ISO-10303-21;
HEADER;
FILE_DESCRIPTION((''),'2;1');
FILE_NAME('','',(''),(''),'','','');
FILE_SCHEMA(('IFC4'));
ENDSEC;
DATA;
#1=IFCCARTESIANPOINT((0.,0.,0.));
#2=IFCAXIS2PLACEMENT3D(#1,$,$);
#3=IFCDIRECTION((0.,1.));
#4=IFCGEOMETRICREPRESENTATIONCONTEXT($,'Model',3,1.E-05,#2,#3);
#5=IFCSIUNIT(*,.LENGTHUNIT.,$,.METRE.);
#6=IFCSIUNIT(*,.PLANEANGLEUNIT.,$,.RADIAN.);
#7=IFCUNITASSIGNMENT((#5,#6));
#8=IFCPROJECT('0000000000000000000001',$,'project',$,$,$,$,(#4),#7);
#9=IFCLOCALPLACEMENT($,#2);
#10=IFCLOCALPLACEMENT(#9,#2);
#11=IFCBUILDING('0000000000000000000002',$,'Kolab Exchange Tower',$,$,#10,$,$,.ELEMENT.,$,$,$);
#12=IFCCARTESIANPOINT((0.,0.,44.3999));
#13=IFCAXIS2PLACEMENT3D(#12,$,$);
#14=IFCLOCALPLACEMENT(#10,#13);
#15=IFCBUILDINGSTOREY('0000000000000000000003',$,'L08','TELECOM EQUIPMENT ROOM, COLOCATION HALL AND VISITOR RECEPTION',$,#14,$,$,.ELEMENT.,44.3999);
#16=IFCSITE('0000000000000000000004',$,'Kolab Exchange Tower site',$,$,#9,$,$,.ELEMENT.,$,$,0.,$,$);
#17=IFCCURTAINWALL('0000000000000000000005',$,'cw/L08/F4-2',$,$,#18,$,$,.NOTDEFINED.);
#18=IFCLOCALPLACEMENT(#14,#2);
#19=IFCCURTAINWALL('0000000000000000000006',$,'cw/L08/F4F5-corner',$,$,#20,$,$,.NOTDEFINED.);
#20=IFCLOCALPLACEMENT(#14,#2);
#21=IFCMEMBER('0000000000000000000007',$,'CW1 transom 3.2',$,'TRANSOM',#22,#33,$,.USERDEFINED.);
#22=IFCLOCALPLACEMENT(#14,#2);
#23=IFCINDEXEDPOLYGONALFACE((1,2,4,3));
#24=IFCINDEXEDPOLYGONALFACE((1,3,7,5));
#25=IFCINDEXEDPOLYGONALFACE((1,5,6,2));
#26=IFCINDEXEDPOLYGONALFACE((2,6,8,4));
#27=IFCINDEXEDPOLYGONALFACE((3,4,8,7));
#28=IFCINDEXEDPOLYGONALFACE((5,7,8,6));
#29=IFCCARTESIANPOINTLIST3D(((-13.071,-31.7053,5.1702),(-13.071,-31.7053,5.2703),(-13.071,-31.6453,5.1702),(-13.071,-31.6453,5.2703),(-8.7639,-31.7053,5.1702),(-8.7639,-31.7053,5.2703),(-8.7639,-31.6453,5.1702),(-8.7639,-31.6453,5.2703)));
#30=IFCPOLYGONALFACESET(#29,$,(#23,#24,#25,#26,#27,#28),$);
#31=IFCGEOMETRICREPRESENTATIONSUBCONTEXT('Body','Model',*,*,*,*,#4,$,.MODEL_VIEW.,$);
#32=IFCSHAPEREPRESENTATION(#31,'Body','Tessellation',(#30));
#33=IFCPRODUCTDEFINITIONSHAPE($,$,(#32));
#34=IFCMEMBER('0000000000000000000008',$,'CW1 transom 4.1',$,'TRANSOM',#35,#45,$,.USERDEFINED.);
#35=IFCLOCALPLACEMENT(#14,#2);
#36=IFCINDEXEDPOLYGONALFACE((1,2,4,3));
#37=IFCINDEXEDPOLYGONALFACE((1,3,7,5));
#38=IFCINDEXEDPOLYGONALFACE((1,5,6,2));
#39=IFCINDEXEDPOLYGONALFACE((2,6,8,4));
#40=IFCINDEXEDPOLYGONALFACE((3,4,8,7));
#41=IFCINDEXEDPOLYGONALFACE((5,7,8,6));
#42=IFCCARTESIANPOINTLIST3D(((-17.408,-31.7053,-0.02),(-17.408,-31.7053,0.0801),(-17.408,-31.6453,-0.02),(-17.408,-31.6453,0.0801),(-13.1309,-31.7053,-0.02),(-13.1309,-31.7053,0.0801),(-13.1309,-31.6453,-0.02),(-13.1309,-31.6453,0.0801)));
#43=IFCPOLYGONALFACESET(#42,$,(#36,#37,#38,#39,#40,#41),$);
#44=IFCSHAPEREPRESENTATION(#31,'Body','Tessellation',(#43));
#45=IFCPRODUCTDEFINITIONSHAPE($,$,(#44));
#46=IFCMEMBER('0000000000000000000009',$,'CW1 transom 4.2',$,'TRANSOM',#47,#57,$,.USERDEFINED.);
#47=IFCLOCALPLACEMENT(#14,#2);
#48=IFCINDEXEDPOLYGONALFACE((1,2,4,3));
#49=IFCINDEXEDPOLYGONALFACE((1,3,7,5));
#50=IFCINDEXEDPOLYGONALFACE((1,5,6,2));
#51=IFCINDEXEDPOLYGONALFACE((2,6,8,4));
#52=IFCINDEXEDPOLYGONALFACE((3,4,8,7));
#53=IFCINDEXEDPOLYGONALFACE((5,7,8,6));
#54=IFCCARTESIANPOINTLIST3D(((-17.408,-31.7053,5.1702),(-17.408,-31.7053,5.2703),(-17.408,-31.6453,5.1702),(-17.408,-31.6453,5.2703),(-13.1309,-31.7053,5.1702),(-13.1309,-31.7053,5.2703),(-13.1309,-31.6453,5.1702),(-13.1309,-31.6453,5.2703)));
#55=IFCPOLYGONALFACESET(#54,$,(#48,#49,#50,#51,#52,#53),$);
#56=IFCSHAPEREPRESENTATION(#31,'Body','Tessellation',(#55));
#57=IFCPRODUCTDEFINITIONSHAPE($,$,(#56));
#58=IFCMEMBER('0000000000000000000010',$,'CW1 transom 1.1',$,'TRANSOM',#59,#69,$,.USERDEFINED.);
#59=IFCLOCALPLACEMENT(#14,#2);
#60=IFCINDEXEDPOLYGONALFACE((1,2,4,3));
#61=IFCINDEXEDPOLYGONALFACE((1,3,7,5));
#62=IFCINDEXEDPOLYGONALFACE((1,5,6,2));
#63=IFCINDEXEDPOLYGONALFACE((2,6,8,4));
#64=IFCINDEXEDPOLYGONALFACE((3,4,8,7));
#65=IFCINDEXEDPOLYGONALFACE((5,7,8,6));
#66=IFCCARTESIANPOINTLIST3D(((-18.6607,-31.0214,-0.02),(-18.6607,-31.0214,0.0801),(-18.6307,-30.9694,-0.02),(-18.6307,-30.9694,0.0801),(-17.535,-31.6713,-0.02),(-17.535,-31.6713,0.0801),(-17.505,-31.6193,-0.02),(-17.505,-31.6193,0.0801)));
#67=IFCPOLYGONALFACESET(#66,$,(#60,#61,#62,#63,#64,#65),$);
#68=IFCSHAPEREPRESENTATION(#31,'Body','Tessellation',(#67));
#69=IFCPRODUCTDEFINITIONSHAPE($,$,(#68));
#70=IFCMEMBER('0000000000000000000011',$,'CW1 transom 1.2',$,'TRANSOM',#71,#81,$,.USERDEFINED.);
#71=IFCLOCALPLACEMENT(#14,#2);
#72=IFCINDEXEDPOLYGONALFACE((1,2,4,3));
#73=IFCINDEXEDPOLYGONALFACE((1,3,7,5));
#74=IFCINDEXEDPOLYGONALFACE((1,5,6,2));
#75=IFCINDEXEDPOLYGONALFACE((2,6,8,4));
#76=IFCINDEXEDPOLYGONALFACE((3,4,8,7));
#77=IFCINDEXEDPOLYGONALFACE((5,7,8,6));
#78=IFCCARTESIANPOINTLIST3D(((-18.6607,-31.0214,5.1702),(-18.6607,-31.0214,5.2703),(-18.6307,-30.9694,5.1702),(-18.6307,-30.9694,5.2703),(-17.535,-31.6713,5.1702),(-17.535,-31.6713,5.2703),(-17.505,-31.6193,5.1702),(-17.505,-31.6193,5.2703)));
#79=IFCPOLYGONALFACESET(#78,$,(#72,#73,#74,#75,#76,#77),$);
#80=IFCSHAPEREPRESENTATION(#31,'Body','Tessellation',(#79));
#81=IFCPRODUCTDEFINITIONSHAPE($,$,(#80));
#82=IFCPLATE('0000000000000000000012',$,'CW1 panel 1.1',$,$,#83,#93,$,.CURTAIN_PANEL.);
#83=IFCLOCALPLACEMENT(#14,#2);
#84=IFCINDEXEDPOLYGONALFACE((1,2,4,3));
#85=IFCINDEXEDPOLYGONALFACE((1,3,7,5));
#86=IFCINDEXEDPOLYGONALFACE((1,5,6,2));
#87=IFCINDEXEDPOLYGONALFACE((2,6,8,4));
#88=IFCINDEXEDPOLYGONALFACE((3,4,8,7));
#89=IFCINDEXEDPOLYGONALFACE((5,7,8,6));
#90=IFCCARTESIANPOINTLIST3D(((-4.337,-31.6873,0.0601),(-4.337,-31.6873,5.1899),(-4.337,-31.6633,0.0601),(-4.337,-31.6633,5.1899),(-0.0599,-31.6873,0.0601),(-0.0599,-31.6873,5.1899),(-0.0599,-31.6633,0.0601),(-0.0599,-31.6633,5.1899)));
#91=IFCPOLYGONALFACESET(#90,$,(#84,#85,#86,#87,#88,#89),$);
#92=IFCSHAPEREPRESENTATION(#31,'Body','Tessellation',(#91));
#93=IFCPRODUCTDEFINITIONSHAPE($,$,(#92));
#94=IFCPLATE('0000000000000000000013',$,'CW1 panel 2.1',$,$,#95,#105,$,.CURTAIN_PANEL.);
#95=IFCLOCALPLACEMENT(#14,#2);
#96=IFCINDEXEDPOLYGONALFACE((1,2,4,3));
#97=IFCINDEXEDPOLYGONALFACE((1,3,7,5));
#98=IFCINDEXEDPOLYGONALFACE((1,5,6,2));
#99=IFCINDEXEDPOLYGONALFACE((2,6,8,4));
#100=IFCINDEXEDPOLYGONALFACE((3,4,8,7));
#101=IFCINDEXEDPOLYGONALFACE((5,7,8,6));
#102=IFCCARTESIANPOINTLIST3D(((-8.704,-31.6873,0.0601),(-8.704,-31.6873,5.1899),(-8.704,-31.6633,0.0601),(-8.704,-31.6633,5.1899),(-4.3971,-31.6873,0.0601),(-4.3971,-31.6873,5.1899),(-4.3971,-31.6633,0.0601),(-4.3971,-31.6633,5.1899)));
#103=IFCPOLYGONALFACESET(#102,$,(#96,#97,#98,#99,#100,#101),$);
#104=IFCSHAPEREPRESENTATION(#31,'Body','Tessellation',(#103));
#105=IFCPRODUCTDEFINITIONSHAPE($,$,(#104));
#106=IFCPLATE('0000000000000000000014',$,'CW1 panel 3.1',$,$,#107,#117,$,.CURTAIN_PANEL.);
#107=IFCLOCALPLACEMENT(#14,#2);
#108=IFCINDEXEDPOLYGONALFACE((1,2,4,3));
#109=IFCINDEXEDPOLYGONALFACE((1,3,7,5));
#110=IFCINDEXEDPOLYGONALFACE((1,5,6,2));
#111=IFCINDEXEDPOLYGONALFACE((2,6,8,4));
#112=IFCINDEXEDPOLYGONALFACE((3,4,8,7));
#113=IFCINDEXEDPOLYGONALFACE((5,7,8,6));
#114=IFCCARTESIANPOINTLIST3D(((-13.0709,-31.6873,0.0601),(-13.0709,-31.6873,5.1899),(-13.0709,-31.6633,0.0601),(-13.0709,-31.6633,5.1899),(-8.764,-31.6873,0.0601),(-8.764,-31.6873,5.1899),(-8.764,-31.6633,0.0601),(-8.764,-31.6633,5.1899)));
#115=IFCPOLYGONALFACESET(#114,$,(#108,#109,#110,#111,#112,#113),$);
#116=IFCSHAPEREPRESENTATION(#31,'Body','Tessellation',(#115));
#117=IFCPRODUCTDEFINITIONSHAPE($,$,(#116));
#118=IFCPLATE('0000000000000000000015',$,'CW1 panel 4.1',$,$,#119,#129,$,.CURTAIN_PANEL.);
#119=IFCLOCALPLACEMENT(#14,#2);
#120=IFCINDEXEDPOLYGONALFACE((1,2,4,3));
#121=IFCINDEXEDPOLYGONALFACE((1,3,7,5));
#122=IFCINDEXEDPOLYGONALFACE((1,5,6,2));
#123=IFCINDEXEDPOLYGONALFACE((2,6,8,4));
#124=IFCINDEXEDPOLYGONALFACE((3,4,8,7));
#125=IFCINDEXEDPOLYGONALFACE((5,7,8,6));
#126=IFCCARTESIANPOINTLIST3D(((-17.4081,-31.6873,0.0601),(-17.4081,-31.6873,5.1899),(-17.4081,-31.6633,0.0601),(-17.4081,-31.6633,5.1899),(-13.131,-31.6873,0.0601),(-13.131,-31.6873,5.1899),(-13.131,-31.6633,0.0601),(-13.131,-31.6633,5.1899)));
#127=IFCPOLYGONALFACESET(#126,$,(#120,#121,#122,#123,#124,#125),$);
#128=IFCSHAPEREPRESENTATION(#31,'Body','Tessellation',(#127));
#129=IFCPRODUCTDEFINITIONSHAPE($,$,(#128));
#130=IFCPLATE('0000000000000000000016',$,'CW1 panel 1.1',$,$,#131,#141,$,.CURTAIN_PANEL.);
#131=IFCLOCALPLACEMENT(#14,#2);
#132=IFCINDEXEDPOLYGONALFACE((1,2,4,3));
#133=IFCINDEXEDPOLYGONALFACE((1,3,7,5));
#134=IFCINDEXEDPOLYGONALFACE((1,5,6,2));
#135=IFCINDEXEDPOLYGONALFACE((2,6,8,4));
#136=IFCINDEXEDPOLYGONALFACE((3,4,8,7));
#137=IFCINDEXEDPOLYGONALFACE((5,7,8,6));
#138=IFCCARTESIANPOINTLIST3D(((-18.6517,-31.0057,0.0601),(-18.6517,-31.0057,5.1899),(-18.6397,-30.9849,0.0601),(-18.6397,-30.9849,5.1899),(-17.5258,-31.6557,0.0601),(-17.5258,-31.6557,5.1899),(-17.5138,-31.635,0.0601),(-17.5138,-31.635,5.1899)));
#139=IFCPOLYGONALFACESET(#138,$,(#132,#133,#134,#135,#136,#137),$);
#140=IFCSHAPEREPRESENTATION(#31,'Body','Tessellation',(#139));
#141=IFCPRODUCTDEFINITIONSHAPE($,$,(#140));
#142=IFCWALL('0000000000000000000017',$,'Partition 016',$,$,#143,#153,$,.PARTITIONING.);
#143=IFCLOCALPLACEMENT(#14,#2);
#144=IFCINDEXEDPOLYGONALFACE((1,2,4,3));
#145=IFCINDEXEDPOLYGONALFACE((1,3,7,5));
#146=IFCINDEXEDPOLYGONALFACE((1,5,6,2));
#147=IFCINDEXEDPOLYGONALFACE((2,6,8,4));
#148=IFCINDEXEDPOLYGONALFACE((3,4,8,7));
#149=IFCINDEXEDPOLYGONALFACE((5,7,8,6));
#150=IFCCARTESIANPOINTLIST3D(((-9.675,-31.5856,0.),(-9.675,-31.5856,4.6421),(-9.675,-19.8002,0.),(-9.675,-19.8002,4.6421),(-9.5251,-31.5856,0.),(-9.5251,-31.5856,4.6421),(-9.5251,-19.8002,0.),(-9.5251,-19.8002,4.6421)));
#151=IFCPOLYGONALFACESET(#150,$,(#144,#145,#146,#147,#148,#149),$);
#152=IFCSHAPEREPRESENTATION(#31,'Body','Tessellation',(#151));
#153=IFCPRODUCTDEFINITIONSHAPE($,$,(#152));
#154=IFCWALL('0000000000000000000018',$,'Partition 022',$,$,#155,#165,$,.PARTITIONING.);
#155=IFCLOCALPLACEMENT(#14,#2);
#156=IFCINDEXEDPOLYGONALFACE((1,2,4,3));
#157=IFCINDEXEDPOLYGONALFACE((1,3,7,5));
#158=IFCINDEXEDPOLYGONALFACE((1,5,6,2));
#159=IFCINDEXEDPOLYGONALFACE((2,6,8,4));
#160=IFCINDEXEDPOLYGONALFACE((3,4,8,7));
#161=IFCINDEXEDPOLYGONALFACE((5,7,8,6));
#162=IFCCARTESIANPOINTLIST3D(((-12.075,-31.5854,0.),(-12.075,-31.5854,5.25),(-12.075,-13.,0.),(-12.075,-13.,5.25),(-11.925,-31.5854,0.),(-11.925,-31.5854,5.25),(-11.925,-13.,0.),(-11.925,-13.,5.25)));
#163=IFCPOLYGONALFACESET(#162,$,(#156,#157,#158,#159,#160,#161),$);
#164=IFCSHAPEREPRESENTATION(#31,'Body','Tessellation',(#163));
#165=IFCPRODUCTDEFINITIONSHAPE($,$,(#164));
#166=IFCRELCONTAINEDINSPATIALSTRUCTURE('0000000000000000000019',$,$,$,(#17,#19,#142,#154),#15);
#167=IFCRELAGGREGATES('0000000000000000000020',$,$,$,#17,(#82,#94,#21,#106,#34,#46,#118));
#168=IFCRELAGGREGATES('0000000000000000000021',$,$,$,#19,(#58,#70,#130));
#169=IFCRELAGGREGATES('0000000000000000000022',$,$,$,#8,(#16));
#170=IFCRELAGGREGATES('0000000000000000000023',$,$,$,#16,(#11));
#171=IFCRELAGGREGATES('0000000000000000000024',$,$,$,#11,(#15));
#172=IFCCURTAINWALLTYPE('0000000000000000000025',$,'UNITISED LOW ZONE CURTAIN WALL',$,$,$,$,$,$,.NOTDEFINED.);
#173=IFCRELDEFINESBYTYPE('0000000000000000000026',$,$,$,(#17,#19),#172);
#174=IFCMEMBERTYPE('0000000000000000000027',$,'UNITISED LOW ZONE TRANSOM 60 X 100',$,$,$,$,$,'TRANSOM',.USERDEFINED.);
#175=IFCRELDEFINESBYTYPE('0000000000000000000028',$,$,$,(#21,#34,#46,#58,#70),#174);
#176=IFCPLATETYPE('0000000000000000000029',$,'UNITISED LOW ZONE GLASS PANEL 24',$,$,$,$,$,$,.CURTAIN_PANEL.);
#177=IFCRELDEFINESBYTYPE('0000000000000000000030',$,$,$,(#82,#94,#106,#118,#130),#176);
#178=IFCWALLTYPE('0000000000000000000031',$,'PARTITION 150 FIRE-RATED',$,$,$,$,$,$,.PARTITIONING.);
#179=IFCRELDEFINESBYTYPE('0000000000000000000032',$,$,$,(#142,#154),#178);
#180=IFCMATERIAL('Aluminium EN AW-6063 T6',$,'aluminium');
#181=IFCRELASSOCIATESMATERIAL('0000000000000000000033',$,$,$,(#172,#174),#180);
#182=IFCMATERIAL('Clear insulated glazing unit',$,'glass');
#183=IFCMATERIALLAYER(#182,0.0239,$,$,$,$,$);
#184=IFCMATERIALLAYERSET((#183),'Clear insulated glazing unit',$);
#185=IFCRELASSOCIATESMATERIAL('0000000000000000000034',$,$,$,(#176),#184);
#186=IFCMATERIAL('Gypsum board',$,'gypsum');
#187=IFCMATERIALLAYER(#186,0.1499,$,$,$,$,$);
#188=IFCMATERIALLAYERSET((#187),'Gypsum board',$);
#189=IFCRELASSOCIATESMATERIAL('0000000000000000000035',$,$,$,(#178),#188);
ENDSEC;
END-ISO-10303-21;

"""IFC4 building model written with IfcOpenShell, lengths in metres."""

from ifc_helpers import new_model, si_unit, direction, frame, frame_2d, origin, origin_2d, place, context, subcontext, project, spatial, rectangle, extrude, material, layer, layer_set, material_profile, profile_set, type_object, element, aggregate, save


model = new_model("IFC4")

# Units and contexts
model_context = context("Model", 3, precision=1e-05, world=origin(), true_north=direction((0.0, 1.0)))
body_context = subcontext(model_context, "Body", "Model", "MODEL_VIEW")
ifc_project = project(units=[si_unit("LENGTHUNIT", "METRE"), si_unit("PLANEANGLEUNIT", "RADIAN")], contexts=[model_context])

# Site, building, storey
site_placement = place(None, origin())
site = spatial("IfcSite", under=ifc_project, at=site_placement, Name="Kolab Exchange Tower site", CompositionType="ELEMENT", RefElevation=0.0)
building_placement = place(site_placement, origin())
building = spatial("IfcBuilding", under=site, at=building_placement, Name="Kolab Exchange Tower", CompositionType="ELEMENT")
storey_placement = place(building_placement, frame((0.0, 0.0, 44.3999)))
storey = spatial("IfcBuildingStorey", under=building, at=storey_placement, Name="L08", Description="TELECOM EQUIPMENT ROOM, COLOCATION HALL AND VISITOR RECEPTION", CompositionType="ELEMENT", Elevation=44.3999)

# Curtain wall
ifc_material_1 = material(Name="Aluminium EN AW-6063 T6", Category="aluminium")
curtain_wall_type = type_object("IfcCurtainWallType", Name="UNITISED LOW ZONE CURTAIN WALL", PredefinedType="NOTDEFINED", material=ifc_material_1)
curtain_wall_1_placement = place(storey_placement, origin())
curtain_wall_1 = element("IfcCurtainWall", 1, at=curtain_wall_1_placement, inside=storey, type_object=curtain_wall_type, Name="cw/L08/F4-2", PredefinedType="NOTDEFINED")

# Curtain wall
curtain_wall_2_placement = place(storey_placement, origin())
curtain_wall_2 = element("IfcCurtainWall", 2, at=curtain_wall_2_placement, inside=storey, type_object=curtain_wall_type, Name="cw/L08/F4F5-corner", PredefinedType="NOTDEFINED")

# Members
ifc_material_profile_1 = material_profile(ifc_material_1, rectangle(XDim=0.0601, YDim=0.1001, at=origin_2d()), Name="RECT 60X100")
ifc_profile_set_1 = profile_set([ifc_material_profile_1], Name="Aluminium EN AW-6063 T6")
member_type_1 = type_object("IfcMemberType", Name="UNITISED LOW ZONE TRANSOM 60 X 100", ElementType="TRANSOM", PredefinedType="USERDEFINED", material=ifc_profile_set_1)
member_1_placement = place(storey_placement, frame((-8.7639, -31.6753, 5.2202), z_axis=(-1.0, 0.0, 0.0), x_axis=(0.0, -1.0, 0.0)))
member_1 = element("IfcMember", 3, at=member_1_placement, type_object=member_type_1, Name="CW1 transom 3.2", ObjectType="TRANSOM", PredefinedType="USERDEFINED", context=body_context, shape_type="SweptSolid", body=[
    extrude(rectangle(XDim=0.0601, YDim=0.1001, at=origin_2d()), origin(), (0.0, 0.0, 1.0), 4.3071),
])
member_2_placement = place(storey_placement, frame((-13.1309, -31.6753, 0.03), z_axis=(-1.0, 0.0, 0.0), x_axis=(0.0, -1.0, 0.0)))
member_2 = element("IfcMember", 4, at=member_2_placement, type_object=member_type_1, Name="CW1 transom 4.1", ObjectType="TRANSOM", PredefinedType="USERDEFINED", context=body_context, shape_type="SweptSolid", body=[
    extrude(rectangle(XDim=0.0601, YDim=0.1001, at=origin_2d()), origin(), (0.0, 0.0, 1.0), 4.2771),
])
member_3_placement = place(storey_placement, frame((-13.1309, -31.6753, 5.2202), z_axis=(-1.0, 0.0, 0.0), x_axis=(0.0, -1.0, 0.0)))
member_3 = element("IfcMember", 5, at=member_3_placement, type_object=member_type_1, Name="CW1 transom 4.2", ObjectType="TRANSOM", PredefinedType="USERDEFINED", context=body_context, shape_type="SweptSolid", body=[
    extrude(rectangle(XDim=0.0601, YDim=0.1001, at=origin_2d()), origin(), (0.0, 0.0, 1.0), 4.2771),
])
member_4_placement = place(storey_placement, frame((-17.52, -31.6453, 0.03), z_axis=(-0.866039, 0.499977, 0.0), x_axis=(-0.499977, -0.866039, 0.0)))
member_4 = element("IfcMember", 6, at=member_4_placement, type_object=member_type_1, Name="CW1 transom 1.1", ObjectType="TRANSOM", PredefinedType="USERDEFINED", context=body_context, shape_type="SweptSolid", body=[
    extrude(rectangle(XDim=0.0601, YDim=0.1001, at=origin_2d()), origin(), (0.0, 0.0, 1.0), 1.2998),
])
member_5_placement = place(storey_placement, frame((-17.52, -31.6453, 5.2202), z_axis=(-0.866039, 0.499977, 0.0), x_axis=(-0.499977, -0.866039, 0.0)))
member_5 = element("IfcMember", 7, at=member_5_placement, type_object=member_type_1, Name="CW1 transom 1.2", ObjectType="TRANSOM", PredefinedType="USERDEFINED", context=body_context, shape_type="SweptSolid", body=[
    extrude(rectangle(XDim=0.0601, YDim=0.1001, at=origin_2d()), origin(), (0.0, 0.0, 1.0), 1.2998),
])

# Plates
ifc_material_2 = material(Name="Clear insulated glazing unit", Category="glass")
ifc_layer_1 = layer(ifc_material_2, 0.0239)
ifc_layer_set_1 = layer_set([ifc_layer_1], Name="Clear insulated glazing unit")
plate_type = type_object("IfcPlateType", Name="UNITISED LOW ZONE GLASS PANEL 24", PredefinedType="CURTAIN_PANEL", material=ifc_layer_set_1)
plate_1_placement = place(storey_placement, frame((-2.1985, -31.6753, 0.0601), z_axis=(0.0, 0.0, 1.0), x_axis=(-1.0, 0.0, 0.0)))
plate_1 = element("IfcPlate", 8, at=plate_1_placement, type_object=plate_type, Name="CW1 panel 1.1", PredefinedType="CURTAIN_PANEL", context=body_context, shape_type="SweptSolid", body=[
    extrude(rectangle(XDim=4.2771, YDim=0.0239, at=origin_2d()), origin(), (0.0, 0.0, 1.0), 5.1299),
])
plate_2_placement = place(storey_placement, frame((-6.5505, -31.6753, 0.0601), z_axis=(0.0, 0.0, 1.0), x_axis=(-1.0, 0.0, 0.0)))
plate_2 = element("IfcPlate", 9, at=plate_2_placement, type_object=plate_type, Name="CW1 panel 2.1", PredefinedType="CURTAIN_PANEL", context=body_context, shape_type="SweptSolid", body=[
    extrude(rectangle(XDim=4.3069, YDim=0.0239, at=origin_2d()), origin(), (0.0, 0.0, 1.0), 5.1299),
])
plate_3_placement = place(storey_placement, frame((-10.9175, -31.6753, 0.0601), z_axis=(0.0, 0.0, 1.0), x_axis=(-1.0, 0.0, 0.0)))
plate_3 = element("IfcPlate", 10, at=plate_3_placement, type_object=plate_type, Name="CW1 panel 3.1", PredefinedType="CURTAIN_PANEL", context=body_context, shape_type="SweptSolid", body=[
    extrude(rectangle(XDim=4.3069, YDim=0.0239, at=origin_2d()), origin(), (0.0, 0.0, 1.0), 5.1299),
])
plate_4_placement = place(storey_placement, frame((-15.2695, -31.6753, 0.0601), z_axis=(0.0, 0.0, 1.0), x_axis=(-1.0, 0.0, 0.0)))
plate_4 = element("IfcPlate", 11, at=plate_4_placement, type_object=plate_type, Name="CW1 panel 4.1", PredefinedType="CURTAIN_PANEL", context=body_context, shape_type="SweptSolid", body=[
    extrude(rectangle(XDim=4.2771, YDim=0.0239, at=origin_2d()), origin(), (0.0, 0.0, 1.0), 5.1299),
])
aggregate(curtain_wall_1, [plate_1, plate_2, member_1, plate_3, member_2, member_3, plate_4])
plate_5_placement = place(storey_placement, frame((-18.0828, -31.3203, 0.0601), z_axis=(0.0, 0.0, 1.0), x_axis=(-0.866025, 0.5, 0.0)))
plate_5 = element("IfcPlate", 12, at=plate_5_placement, type_object=plate_type, Name="CW1 panel 1.1", PredefinedType="CURTAIN_PANEL", context=body_context, shape_type="SweptSolid", body=[
    extrude(rectangle(XDim=1.3, YDim=0.0239, at=origin_2d()), origin(), (0.0, 0.0, 1.0), 5.1299),
])
aggregate(curtain_wall_2, [member_4, member_5, plate_5])

# Walls
ifc_material_3 = material(Name="Gypsum board", Category="gypsum")
ifc_layer_2 = layer(ifc_material_3, 0.1499)
ifc_layer_set_2 = layer_set([ifc_layer_2], Name="Gypsum board")
wall_type = type_object("IfcWallType", Name="PARTITION 150 FIRE-RATED", PredefinedType="PARTITIONING", material=ifc_layer_set_2)
wall_1_placement = place(storey_placement, frame((-9.6001, -31.5854, 0.0), z_axis=(0.0, 0.0, 1.0), x_axis=(0.0, 1.0, 0.0)))
element("IfcWall", 13, at=wall_1_placement, inside=storey, type_object=wall_type, Name="Partition 016", PredefinedType="PARTITIONING", context=body_context, shape_type="SweptSolid", body=[
    extrude(rectangle(XDim=11.7854, YDim=0.1499, at=frame_2d((5.8926, 0.0))), origin(), (0.0, 0.0, 1.0), 4.6421),
])
wall_2_placement = place(storey_placement, frame((-12.0, -31.5854, 0.0), z_axis=(0.0, 0.0, 1.0), x_axis=(0.0, 1.0, 0.0)))
element("IfcWall", 14, at=wall_2_placement, inside=storey, type_object=wall_type, Name="Partition 022", PredefinedType="PARTITIONING", context=body_context, shape_type="SweptSolid", body=[
    extrude(rectangle(XDim=18.5854, YDim=0.1499, at=frame_2d((9.2927, 0.0))), origin(), (0.0, 0.0, 1.0), 5.25),
])

save(model, "model.ifc")
